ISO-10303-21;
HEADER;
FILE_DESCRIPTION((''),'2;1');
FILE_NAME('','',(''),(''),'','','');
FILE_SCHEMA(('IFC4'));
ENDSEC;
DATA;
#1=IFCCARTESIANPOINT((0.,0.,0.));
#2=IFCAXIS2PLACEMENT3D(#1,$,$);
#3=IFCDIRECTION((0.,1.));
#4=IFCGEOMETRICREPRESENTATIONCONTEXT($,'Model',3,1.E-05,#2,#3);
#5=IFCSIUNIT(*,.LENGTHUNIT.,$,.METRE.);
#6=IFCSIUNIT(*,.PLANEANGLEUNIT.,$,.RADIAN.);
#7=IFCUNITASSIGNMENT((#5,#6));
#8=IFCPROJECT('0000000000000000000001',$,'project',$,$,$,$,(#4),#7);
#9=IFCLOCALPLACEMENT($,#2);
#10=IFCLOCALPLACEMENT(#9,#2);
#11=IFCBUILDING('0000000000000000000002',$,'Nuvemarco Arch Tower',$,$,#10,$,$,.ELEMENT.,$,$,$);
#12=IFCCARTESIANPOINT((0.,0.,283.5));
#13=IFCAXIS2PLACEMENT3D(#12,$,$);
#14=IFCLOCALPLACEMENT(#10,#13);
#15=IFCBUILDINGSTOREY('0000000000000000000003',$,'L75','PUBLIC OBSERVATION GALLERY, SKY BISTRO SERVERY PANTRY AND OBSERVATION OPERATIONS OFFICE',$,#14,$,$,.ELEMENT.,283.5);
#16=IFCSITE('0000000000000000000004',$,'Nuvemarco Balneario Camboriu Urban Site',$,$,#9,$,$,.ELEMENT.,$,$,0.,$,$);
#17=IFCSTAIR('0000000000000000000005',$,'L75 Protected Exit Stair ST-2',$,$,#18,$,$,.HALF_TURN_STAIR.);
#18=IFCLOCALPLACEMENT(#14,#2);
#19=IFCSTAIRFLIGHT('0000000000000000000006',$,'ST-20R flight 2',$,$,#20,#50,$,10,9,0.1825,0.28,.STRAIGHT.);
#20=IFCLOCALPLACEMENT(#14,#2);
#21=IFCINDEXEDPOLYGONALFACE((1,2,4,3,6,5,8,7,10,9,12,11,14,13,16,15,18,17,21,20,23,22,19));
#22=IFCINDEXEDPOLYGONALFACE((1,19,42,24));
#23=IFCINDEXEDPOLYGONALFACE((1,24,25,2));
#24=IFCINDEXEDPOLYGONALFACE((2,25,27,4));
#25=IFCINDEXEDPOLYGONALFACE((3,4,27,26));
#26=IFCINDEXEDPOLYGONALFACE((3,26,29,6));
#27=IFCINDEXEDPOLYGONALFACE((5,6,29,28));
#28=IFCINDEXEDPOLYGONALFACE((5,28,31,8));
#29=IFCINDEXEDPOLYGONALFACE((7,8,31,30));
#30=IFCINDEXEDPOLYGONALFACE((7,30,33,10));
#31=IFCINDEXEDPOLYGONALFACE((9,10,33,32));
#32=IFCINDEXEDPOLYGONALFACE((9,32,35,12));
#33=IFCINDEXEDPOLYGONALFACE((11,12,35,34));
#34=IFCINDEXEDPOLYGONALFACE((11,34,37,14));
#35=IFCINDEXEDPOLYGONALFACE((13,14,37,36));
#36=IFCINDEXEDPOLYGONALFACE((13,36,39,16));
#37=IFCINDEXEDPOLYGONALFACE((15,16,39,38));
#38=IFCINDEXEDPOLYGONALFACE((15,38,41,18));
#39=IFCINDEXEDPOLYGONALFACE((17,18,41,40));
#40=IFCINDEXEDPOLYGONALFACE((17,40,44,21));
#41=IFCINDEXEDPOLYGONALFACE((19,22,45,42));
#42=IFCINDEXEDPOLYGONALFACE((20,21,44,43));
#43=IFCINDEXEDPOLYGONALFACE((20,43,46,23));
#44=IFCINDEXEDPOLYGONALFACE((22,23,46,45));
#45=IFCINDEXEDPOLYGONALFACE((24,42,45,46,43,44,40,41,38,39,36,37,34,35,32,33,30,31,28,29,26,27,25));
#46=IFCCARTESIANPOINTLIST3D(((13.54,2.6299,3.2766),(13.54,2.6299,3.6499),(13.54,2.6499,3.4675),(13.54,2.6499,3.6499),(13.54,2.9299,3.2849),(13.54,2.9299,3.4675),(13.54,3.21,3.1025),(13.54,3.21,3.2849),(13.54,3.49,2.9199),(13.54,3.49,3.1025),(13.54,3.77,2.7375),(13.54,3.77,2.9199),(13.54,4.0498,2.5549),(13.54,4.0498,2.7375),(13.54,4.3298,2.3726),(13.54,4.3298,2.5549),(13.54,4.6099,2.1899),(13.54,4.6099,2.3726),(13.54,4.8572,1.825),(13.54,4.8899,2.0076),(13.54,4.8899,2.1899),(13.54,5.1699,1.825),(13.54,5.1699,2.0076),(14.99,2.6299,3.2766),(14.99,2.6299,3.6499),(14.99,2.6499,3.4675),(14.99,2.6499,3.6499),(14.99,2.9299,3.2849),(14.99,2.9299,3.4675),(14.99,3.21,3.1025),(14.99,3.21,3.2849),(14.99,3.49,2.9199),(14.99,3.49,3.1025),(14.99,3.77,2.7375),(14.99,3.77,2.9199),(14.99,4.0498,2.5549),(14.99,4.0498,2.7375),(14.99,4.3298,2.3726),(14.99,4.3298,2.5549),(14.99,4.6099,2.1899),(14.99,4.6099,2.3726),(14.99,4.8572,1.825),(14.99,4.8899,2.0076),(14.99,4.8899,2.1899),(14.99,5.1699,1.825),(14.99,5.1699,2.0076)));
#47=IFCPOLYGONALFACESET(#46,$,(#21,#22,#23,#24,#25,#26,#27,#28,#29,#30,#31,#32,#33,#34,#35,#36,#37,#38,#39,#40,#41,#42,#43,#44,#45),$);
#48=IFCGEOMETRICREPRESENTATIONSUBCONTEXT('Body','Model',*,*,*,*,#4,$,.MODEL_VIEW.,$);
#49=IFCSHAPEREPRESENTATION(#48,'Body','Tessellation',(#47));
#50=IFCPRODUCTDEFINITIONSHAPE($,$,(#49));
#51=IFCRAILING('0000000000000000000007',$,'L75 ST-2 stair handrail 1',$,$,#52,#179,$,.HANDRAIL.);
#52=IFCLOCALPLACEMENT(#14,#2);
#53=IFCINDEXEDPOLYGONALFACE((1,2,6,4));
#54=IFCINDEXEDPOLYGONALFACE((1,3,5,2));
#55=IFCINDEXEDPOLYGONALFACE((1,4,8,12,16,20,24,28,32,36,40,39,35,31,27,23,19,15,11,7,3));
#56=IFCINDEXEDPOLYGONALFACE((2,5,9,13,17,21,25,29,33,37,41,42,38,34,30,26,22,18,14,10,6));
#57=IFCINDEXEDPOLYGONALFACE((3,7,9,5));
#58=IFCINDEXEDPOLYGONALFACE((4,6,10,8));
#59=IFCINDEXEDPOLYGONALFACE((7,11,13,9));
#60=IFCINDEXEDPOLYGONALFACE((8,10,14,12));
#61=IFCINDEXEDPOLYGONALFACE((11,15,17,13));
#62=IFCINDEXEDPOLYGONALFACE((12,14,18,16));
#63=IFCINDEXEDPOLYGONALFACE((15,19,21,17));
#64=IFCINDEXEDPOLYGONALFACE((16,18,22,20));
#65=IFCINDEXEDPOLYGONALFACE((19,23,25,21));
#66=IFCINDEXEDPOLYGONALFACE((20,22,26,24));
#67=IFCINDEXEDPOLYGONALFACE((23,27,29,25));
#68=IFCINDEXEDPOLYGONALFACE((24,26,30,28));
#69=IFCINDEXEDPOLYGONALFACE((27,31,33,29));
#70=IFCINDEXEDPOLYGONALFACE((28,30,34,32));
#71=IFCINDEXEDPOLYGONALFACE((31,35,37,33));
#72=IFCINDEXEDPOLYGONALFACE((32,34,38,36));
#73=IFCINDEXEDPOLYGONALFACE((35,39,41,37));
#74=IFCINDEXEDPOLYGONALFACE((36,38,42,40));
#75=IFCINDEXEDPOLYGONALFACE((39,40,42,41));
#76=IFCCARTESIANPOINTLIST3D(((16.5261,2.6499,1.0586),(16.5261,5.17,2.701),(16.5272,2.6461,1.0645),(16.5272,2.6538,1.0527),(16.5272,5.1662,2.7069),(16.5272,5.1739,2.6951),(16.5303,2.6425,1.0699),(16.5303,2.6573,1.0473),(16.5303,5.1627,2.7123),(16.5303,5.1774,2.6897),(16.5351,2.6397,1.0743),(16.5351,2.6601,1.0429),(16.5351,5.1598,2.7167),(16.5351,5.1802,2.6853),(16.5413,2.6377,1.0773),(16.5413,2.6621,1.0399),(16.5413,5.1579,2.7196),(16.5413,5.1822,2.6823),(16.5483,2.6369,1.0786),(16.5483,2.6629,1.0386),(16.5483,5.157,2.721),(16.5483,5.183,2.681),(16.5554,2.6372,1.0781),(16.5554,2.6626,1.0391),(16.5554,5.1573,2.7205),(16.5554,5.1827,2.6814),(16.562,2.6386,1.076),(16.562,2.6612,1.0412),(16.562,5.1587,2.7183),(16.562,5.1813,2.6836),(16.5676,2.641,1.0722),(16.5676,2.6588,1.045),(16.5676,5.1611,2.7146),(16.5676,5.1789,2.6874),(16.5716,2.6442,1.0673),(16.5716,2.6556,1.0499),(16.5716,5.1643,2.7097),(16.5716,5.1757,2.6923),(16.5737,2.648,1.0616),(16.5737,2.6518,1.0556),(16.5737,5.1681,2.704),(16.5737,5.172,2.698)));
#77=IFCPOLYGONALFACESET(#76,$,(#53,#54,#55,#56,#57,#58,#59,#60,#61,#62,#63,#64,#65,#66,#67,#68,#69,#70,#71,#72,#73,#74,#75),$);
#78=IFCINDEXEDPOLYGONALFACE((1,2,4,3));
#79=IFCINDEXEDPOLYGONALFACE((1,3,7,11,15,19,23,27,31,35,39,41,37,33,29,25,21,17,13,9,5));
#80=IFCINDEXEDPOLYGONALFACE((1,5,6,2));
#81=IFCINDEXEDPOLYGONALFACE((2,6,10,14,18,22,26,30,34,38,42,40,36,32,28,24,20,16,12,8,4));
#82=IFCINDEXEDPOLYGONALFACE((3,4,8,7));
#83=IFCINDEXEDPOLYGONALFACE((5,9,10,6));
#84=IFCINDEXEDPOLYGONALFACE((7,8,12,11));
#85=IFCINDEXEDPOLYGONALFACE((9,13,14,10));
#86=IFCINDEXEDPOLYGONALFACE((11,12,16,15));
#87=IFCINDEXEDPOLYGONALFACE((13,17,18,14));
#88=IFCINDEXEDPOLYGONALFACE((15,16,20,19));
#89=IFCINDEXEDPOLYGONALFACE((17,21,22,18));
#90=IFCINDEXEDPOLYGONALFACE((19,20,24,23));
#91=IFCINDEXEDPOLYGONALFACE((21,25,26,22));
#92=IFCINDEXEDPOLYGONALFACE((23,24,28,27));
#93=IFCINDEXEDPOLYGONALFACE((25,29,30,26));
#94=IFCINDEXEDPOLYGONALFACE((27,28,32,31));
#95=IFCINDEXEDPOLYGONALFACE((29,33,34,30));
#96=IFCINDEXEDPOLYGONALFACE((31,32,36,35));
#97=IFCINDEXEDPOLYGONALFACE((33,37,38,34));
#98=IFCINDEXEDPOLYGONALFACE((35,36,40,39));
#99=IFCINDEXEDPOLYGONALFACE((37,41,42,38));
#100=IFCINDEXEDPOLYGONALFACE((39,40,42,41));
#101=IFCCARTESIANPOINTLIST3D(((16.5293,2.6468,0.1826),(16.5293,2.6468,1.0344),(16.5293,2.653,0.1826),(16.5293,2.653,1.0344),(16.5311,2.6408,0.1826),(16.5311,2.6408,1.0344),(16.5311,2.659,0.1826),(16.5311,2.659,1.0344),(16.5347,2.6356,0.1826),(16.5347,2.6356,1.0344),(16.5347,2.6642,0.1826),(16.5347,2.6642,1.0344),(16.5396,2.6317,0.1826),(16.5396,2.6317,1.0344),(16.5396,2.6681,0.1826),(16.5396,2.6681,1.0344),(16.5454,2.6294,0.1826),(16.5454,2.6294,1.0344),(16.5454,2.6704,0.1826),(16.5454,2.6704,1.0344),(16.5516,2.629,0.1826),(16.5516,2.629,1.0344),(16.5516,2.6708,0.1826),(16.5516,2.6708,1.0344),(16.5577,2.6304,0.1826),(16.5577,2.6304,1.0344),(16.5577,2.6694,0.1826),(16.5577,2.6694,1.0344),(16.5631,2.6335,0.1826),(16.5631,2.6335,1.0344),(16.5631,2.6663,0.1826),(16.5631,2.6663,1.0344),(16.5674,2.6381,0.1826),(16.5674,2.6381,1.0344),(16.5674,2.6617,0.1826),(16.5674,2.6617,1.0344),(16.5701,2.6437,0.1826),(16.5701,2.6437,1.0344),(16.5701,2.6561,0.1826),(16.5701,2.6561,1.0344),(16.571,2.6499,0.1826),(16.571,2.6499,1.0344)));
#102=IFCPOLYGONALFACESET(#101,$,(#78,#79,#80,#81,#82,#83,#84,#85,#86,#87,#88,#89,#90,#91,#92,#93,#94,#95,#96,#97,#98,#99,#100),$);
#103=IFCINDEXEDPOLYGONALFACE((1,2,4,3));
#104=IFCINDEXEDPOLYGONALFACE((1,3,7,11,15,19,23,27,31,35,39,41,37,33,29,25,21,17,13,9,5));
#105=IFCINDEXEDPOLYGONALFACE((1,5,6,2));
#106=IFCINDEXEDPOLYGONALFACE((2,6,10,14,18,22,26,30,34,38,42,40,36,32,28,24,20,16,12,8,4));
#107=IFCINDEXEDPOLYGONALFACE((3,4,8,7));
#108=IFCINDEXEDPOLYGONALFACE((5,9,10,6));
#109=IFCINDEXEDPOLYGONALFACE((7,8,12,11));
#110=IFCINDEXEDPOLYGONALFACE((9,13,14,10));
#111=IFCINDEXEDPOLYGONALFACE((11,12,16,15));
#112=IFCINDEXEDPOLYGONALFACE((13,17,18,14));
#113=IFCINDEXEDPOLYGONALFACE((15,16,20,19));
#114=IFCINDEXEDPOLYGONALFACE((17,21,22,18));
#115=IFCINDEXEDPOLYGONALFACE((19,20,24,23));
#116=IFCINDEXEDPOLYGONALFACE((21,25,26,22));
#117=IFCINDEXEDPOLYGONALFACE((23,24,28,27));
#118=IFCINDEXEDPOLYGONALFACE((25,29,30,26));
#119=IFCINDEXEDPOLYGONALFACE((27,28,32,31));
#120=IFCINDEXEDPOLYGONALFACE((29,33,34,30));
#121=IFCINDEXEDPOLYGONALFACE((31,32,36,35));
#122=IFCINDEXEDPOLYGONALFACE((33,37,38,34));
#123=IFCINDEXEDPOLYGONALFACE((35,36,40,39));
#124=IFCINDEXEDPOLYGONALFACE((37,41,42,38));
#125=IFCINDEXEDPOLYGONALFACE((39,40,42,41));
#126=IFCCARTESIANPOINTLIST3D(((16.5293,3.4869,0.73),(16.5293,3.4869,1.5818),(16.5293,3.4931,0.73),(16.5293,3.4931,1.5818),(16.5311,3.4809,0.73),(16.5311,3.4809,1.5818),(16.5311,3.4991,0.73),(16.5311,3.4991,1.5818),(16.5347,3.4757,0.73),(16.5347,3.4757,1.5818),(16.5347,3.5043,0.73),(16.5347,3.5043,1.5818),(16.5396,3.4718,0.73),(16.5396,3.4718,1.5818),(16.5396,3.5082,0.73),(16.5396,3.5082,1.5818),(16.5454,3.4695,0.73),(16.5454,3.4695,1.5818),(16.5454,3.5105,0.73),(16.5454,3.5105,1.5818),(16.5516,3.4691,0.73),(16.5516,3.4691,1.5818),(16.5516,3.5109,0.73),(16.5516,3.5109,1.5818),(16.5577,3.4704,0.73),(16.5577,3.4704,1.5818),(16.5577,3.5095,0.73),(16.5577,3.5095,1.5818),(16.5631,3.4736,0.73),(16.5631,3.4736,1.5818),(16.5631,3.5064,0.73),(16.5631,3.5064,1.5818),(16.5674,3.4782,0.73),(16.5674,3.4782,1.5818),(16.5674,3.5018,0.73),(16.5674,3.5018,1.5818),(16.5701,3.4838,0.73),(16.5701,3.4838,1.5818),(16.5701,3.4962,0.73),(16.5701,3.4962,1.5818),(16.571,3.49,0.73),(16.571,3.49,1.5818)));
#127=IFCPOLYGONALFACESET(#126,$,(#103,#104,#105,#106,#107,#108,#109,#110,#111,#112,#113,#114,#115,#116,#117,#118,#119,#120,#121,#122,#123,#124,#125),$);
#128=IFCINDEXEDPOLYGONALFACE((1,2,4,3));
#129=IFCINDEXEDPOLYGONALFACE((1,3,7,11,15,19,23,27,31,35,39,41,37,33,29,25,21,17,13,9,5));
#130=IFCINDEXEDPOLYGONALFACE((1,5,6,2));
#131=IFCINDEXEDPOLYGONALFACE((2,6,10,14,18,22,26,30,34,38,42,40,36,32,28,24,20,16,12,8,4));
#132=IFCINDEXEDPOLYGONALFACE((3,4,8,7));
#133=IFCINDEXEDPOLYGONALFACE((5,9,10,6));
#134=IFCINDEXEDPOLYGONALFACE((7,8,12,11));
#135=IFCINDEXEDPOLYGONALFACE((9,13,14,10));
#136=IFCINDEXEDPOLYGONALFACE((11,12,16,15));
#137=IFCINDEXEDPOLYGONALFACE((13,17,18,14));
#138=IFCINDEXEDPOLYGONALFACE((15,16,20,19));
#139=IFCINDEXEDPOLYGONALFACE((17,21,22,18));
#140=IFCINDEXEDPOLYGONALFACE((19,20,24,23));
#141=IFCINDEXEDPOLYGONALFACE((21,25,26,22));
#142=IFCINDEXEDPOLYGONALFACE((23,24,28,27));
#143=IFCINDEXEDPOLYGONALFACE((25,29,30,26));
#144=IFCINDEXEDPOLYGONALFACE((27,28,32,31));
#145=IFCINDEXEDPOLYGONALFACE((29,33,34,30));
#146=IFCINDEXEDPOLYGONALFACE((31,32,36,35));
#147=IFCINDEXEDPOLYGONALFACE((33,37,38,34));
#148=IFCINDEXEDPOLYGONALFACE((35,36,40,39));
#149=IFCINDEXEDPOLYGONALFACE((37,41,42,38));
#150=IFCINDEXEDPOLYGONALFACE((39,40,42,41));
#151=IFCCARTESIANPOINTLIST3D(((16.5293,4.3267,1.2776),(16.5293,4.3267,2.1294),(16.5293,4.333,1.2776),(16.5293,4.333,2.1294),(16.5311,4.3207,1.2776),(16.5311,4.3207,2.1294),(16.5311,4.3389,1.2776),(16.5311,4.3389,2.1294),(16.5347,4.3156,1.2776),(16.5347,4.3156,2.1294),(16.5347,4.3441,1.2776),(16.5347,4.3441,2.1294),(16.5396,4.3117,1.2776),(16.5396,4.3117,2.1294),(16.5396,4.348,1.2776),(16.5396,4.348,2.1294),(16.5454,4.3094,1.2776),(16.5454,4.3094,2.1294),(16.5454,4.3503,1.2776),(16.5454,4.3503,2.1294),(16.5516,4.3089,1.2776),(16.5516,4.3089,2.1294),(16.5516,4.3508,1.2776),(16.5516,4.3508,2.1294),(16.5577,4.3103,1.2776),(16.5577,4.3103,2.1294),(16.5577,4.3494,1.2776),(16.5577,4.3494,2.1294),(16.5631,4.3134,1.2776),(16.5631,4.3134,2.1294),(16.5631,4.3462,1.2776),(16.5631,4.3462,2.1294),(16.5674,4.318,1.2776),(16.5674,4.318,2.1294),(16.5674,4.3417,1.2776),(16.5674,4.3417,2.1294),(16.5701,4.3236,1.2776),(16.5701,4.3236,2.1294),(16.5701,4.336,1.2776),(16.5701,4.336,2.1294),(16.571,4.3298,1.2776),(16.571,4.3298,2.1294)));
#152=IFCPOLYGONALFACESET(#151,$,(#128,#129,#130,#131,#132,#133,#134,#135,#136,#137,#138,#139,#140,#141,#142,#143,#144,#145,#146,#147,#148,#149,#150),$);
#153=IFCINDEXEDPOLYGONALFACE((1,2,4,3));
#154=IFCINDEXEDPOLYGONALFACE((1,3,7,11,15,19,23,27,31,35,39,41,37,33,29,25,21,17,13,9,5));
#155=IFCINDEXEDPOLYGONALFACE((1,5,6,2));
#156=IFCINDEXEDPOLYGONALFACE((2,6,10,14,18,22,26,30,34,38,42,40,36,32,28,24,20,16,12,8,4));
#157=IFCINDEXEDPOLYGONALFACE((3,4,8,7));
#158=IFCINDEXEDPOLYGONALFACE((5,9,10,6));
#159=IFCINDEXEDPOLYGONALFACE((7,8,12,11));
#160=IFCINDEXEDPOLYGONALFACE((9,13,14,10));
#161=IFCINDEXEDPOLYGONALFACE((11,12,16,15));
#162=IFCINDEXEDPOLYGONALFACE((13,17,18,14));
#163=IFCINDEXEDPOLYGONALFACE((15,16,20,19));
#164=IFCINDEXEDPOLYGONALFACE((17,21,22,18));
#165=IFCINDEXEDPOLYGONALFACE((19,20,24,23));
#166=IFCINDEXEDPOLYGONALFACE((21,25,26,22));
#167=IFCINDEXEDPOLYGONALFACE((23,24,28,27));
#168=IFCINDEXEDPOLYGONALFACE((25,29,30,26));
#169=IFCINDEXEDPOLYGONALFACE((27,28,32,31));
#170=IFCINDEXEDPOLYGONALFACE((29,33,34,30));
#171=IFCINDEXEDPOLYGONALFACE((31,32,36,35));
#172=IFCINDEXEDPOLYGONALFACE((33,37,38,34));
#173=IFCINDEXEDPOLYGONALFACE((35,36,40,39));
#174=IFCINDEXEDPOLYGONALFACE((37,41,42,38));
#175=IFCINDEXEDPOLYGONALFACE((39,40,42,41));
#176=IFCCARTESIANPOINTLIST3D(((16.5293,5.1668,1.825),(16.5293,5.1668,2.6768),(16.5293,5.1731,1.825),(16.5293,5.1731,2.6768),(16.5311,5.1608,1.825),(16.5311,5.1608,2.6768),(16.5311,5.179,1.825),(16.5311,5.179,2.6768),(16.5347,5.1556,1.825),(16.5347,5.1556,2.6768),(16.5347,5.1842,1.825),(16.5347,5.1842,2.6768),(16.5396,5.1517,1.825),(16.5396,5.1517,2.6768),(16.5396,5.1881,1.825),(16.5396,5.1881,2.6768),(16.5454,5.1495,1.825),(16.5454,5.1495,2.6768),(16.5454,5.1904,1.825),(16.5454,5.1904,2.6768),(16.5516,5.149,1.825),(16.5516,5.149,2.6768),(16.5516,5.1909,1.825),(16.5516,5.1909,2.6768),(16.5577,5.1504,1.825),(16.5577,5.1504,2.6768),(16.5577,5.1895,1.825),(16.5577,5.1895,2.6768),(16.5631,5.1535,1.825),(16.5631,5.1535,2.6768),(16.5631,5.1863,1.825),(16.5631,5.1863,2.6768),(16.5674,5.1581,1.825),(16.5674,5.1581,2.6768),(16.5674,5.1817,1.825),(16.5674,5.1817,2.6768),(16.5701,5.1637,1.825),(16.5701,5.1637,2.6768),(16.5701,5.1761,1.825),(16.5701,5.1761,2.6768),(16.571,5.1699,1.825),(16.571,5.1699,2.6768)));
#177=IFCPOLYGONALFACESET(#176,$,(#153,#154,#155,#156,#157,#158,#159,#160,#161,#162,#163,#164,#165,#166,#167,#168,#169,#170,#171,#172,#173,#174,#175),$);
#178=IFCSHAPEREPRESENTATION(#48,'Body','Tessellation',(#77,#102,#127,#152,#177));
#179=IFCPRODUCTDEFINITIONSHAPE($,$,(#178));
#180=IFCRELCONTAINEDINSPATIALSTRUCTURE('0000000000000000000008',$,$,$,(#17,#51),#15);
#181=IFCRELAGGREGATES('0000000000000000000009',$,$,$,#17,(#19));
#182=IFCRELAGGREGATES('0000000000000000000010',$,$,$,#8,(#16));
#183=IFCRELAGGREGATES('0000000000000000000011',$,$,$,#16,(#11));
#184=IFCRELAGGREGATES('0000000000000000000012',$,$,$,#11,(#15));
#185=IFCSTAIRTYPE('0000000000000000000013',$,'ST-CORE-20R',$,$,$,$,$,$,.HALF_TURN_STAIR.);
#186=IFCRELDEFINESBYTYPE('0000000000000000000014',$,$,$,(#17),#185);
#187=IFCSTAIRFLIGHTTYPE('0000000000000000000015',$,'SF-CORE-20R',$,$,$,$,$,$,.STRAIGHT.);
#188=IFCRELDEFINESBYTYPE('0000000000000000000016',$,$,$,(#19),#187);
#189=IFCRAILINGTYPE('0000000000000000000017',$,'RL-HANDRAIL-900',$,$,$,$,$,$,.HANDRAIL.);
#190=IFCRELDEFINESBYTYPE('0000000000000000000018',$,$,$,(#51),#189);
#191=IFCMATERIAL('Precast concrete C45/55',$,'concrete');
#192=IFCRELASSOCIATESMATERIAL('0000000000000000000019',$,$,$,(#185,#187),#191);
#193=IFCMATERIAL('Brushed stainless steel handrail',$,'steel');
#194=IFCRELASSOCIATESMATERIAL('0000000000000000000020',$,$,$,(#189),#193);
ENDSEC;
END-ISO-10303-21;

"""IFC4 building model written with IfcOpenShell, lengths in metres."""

from ifc_helpers import new_model, si_unit, direction, frame, origin, origin_2d, place, context, subcontext, project, spatial, polyline, circle, outline, extrude, material, type_object, element, aggregate, save


model = new_model("IFC4")

# Units and contexts
model_context = context("Model", 3, precision=1e-05, world=origin(), true_north=direction((0.0, 1.0)))
body_context = subcontext(model_context, "Body", "Model", "MODEL_VIEW")
ifc_project = project(units=[si_unit("LENGTHUNIT", "METRE"), si_unit("PLANEANGLEUNIT", "RADIAN")], contexts=[model_context])

# Site, building, storey
site_placement = place(None, origin())
site = spatial("IfcSite", under=ifc_project, at=site_placement, Name="Nuvemarco Balneario Camboriu Urban Site", CompositionType="ELEMENT", RefElevation=0.0)
building_placement = place(site_placement, origin())
building = spatial("IfcBuilding", under=site, at=building_placement, Name="Nuvemarco Arch Tower", CompositionType="ELEMENT")
storey_placement = place(building_placement, frame((0.0, 0.0, 283.5)))
storey = spatial("IfcBuildingStorey", under=building, at=storey_placement, Name="L75", Description="PUBLIC OBSERVATION GALLERY, SKY BISTRO SERVERY PANTRY AND OBSERVATION OPERATIONS OFFICE", CompositionType="ELEMENT", Elevation=283.5)

# Shared definitions
ifc_material_1 = material(Name="Precast concrete C45/55", Category="concrete")

# Stair, stair flight
stair_type = type_object("IfcStairType", Name="ST-CORE-20R", PredefinedType="HALF_TURN_STAIR", material=ifc_material_1)
stair_placement = place(storey_placement, origin())
stair = element("IfcStair", 1, at=stair_placement, inside=storey, type_object=stair_type, Name="L75 Protected Exit Stair ST-2", PredefinedType="HALF_TURN_STAIR")
stair_flight_type = type_object("IfcStairFlightType", Name="SF-CORE-20R", PredefinedType="STRAIGHT", material=ifc_material_1)
stair_flight_1_placement = place(storey_placement, frame((14.2649, 5.1699, 1.825), z_axis=(0.0, 0.0, 1.0), x_axis=(0.0, -1.0, 0.0)))
stair_flight_1 = element("IfcStairFlight", 2, at=stair_flight_1_placement, type_object=stair_flight_type, Name="ST-20R flight 2", NumberOfRisers=10, NumberOfTreads=9, PredefinedType="STRAIGHT", RiserHeight=0.1825, TreadLength=0.28, context=body_context, shape_type="SweptSolid", body=[
    extrude(outline(polyline([(0.0, 0.0), (0.0, 0.1826), (0.28, 0.1826), (0.28, 0.365), (0.5601, 0.365), (0.5601, 0.5476), (0.8401, 0.5476), (0.8401, 0.73), (1.1201, 0.73), (1.1201, 0.9126), (1.3999, 0.9126), (1.3999, 1.095), (1.6799, 1.095), (1.6799, 1.2776), (1.96, 1.2776), (1.96, 1.46), (2.24, 1.46), (2.24, 1.6426), (2.52, 1.6426), (2.52, 1.825), (2.54, 1.825), (2.54, 1.4517), (0.3127, 0.0), (0.0, 0.0)])), frame((0.0, 0.7251, 0.0), z_axis=(0.0, -1.0, 0.0), x_axis=(1.0, 0.0, 0.0)), (0.0, 0.0, 1.0), 1.45),
])
aggregate(stair, [stair_flight_1])

# Railing
ifc_material_2 = material(Name="Brushed stainless steel handrail", Category="steel")
railing_type_1 = type_object("IfcRailingType", Name="RL-HANDRAIL-900", PredefinedType="HANDRAIL", material=ifc_material_2)
railing_1_placement = place(storey_placement, frame((16.55, 2.6499, 0.1826)))
element("IfcRailing", 3, at=railing_1_placement, inside=storey, type_object=railing_type_1, Name="L75 ST-2 stair handrail 1", PredefinedType="HANDRAIL", context=body_context, shape_type="SweptSolid", body=[
    extrude(circle(Radius=0.0239, at=origin_2d()), frame((0.0, 0.0, 0.876), z_axis=(0.0, 0.837787, 0.545998), x_axis=(-1.0, 0.0, 0.0)), (0.0, 0.0, 1.0), 3.0081),
    extrude(circle(Radius=0.021, at=origin_2d()), origin(), (0.0, 0.0, 1.0), 0.8518),
    extrude(circle(Radius=0.021, at=origin_2d()), frame((0.0, 0.8401, 0.5474)), (0.0, 0.0, 1.0), 0.8518),
    extrude(circle(Radius=0.021, at=origin_2d()), frame((0.0, 1.6799, 1.095)), (0.0, 0.0, 1.0), 0.8518),
    extrude(circle(Radius=0.021, at=origin_2d()), frame((0.0, 2.52, 1.6423)), (0.0, 0.0, 1.0), 0.8518),
])

save(model, "model.ifc")
